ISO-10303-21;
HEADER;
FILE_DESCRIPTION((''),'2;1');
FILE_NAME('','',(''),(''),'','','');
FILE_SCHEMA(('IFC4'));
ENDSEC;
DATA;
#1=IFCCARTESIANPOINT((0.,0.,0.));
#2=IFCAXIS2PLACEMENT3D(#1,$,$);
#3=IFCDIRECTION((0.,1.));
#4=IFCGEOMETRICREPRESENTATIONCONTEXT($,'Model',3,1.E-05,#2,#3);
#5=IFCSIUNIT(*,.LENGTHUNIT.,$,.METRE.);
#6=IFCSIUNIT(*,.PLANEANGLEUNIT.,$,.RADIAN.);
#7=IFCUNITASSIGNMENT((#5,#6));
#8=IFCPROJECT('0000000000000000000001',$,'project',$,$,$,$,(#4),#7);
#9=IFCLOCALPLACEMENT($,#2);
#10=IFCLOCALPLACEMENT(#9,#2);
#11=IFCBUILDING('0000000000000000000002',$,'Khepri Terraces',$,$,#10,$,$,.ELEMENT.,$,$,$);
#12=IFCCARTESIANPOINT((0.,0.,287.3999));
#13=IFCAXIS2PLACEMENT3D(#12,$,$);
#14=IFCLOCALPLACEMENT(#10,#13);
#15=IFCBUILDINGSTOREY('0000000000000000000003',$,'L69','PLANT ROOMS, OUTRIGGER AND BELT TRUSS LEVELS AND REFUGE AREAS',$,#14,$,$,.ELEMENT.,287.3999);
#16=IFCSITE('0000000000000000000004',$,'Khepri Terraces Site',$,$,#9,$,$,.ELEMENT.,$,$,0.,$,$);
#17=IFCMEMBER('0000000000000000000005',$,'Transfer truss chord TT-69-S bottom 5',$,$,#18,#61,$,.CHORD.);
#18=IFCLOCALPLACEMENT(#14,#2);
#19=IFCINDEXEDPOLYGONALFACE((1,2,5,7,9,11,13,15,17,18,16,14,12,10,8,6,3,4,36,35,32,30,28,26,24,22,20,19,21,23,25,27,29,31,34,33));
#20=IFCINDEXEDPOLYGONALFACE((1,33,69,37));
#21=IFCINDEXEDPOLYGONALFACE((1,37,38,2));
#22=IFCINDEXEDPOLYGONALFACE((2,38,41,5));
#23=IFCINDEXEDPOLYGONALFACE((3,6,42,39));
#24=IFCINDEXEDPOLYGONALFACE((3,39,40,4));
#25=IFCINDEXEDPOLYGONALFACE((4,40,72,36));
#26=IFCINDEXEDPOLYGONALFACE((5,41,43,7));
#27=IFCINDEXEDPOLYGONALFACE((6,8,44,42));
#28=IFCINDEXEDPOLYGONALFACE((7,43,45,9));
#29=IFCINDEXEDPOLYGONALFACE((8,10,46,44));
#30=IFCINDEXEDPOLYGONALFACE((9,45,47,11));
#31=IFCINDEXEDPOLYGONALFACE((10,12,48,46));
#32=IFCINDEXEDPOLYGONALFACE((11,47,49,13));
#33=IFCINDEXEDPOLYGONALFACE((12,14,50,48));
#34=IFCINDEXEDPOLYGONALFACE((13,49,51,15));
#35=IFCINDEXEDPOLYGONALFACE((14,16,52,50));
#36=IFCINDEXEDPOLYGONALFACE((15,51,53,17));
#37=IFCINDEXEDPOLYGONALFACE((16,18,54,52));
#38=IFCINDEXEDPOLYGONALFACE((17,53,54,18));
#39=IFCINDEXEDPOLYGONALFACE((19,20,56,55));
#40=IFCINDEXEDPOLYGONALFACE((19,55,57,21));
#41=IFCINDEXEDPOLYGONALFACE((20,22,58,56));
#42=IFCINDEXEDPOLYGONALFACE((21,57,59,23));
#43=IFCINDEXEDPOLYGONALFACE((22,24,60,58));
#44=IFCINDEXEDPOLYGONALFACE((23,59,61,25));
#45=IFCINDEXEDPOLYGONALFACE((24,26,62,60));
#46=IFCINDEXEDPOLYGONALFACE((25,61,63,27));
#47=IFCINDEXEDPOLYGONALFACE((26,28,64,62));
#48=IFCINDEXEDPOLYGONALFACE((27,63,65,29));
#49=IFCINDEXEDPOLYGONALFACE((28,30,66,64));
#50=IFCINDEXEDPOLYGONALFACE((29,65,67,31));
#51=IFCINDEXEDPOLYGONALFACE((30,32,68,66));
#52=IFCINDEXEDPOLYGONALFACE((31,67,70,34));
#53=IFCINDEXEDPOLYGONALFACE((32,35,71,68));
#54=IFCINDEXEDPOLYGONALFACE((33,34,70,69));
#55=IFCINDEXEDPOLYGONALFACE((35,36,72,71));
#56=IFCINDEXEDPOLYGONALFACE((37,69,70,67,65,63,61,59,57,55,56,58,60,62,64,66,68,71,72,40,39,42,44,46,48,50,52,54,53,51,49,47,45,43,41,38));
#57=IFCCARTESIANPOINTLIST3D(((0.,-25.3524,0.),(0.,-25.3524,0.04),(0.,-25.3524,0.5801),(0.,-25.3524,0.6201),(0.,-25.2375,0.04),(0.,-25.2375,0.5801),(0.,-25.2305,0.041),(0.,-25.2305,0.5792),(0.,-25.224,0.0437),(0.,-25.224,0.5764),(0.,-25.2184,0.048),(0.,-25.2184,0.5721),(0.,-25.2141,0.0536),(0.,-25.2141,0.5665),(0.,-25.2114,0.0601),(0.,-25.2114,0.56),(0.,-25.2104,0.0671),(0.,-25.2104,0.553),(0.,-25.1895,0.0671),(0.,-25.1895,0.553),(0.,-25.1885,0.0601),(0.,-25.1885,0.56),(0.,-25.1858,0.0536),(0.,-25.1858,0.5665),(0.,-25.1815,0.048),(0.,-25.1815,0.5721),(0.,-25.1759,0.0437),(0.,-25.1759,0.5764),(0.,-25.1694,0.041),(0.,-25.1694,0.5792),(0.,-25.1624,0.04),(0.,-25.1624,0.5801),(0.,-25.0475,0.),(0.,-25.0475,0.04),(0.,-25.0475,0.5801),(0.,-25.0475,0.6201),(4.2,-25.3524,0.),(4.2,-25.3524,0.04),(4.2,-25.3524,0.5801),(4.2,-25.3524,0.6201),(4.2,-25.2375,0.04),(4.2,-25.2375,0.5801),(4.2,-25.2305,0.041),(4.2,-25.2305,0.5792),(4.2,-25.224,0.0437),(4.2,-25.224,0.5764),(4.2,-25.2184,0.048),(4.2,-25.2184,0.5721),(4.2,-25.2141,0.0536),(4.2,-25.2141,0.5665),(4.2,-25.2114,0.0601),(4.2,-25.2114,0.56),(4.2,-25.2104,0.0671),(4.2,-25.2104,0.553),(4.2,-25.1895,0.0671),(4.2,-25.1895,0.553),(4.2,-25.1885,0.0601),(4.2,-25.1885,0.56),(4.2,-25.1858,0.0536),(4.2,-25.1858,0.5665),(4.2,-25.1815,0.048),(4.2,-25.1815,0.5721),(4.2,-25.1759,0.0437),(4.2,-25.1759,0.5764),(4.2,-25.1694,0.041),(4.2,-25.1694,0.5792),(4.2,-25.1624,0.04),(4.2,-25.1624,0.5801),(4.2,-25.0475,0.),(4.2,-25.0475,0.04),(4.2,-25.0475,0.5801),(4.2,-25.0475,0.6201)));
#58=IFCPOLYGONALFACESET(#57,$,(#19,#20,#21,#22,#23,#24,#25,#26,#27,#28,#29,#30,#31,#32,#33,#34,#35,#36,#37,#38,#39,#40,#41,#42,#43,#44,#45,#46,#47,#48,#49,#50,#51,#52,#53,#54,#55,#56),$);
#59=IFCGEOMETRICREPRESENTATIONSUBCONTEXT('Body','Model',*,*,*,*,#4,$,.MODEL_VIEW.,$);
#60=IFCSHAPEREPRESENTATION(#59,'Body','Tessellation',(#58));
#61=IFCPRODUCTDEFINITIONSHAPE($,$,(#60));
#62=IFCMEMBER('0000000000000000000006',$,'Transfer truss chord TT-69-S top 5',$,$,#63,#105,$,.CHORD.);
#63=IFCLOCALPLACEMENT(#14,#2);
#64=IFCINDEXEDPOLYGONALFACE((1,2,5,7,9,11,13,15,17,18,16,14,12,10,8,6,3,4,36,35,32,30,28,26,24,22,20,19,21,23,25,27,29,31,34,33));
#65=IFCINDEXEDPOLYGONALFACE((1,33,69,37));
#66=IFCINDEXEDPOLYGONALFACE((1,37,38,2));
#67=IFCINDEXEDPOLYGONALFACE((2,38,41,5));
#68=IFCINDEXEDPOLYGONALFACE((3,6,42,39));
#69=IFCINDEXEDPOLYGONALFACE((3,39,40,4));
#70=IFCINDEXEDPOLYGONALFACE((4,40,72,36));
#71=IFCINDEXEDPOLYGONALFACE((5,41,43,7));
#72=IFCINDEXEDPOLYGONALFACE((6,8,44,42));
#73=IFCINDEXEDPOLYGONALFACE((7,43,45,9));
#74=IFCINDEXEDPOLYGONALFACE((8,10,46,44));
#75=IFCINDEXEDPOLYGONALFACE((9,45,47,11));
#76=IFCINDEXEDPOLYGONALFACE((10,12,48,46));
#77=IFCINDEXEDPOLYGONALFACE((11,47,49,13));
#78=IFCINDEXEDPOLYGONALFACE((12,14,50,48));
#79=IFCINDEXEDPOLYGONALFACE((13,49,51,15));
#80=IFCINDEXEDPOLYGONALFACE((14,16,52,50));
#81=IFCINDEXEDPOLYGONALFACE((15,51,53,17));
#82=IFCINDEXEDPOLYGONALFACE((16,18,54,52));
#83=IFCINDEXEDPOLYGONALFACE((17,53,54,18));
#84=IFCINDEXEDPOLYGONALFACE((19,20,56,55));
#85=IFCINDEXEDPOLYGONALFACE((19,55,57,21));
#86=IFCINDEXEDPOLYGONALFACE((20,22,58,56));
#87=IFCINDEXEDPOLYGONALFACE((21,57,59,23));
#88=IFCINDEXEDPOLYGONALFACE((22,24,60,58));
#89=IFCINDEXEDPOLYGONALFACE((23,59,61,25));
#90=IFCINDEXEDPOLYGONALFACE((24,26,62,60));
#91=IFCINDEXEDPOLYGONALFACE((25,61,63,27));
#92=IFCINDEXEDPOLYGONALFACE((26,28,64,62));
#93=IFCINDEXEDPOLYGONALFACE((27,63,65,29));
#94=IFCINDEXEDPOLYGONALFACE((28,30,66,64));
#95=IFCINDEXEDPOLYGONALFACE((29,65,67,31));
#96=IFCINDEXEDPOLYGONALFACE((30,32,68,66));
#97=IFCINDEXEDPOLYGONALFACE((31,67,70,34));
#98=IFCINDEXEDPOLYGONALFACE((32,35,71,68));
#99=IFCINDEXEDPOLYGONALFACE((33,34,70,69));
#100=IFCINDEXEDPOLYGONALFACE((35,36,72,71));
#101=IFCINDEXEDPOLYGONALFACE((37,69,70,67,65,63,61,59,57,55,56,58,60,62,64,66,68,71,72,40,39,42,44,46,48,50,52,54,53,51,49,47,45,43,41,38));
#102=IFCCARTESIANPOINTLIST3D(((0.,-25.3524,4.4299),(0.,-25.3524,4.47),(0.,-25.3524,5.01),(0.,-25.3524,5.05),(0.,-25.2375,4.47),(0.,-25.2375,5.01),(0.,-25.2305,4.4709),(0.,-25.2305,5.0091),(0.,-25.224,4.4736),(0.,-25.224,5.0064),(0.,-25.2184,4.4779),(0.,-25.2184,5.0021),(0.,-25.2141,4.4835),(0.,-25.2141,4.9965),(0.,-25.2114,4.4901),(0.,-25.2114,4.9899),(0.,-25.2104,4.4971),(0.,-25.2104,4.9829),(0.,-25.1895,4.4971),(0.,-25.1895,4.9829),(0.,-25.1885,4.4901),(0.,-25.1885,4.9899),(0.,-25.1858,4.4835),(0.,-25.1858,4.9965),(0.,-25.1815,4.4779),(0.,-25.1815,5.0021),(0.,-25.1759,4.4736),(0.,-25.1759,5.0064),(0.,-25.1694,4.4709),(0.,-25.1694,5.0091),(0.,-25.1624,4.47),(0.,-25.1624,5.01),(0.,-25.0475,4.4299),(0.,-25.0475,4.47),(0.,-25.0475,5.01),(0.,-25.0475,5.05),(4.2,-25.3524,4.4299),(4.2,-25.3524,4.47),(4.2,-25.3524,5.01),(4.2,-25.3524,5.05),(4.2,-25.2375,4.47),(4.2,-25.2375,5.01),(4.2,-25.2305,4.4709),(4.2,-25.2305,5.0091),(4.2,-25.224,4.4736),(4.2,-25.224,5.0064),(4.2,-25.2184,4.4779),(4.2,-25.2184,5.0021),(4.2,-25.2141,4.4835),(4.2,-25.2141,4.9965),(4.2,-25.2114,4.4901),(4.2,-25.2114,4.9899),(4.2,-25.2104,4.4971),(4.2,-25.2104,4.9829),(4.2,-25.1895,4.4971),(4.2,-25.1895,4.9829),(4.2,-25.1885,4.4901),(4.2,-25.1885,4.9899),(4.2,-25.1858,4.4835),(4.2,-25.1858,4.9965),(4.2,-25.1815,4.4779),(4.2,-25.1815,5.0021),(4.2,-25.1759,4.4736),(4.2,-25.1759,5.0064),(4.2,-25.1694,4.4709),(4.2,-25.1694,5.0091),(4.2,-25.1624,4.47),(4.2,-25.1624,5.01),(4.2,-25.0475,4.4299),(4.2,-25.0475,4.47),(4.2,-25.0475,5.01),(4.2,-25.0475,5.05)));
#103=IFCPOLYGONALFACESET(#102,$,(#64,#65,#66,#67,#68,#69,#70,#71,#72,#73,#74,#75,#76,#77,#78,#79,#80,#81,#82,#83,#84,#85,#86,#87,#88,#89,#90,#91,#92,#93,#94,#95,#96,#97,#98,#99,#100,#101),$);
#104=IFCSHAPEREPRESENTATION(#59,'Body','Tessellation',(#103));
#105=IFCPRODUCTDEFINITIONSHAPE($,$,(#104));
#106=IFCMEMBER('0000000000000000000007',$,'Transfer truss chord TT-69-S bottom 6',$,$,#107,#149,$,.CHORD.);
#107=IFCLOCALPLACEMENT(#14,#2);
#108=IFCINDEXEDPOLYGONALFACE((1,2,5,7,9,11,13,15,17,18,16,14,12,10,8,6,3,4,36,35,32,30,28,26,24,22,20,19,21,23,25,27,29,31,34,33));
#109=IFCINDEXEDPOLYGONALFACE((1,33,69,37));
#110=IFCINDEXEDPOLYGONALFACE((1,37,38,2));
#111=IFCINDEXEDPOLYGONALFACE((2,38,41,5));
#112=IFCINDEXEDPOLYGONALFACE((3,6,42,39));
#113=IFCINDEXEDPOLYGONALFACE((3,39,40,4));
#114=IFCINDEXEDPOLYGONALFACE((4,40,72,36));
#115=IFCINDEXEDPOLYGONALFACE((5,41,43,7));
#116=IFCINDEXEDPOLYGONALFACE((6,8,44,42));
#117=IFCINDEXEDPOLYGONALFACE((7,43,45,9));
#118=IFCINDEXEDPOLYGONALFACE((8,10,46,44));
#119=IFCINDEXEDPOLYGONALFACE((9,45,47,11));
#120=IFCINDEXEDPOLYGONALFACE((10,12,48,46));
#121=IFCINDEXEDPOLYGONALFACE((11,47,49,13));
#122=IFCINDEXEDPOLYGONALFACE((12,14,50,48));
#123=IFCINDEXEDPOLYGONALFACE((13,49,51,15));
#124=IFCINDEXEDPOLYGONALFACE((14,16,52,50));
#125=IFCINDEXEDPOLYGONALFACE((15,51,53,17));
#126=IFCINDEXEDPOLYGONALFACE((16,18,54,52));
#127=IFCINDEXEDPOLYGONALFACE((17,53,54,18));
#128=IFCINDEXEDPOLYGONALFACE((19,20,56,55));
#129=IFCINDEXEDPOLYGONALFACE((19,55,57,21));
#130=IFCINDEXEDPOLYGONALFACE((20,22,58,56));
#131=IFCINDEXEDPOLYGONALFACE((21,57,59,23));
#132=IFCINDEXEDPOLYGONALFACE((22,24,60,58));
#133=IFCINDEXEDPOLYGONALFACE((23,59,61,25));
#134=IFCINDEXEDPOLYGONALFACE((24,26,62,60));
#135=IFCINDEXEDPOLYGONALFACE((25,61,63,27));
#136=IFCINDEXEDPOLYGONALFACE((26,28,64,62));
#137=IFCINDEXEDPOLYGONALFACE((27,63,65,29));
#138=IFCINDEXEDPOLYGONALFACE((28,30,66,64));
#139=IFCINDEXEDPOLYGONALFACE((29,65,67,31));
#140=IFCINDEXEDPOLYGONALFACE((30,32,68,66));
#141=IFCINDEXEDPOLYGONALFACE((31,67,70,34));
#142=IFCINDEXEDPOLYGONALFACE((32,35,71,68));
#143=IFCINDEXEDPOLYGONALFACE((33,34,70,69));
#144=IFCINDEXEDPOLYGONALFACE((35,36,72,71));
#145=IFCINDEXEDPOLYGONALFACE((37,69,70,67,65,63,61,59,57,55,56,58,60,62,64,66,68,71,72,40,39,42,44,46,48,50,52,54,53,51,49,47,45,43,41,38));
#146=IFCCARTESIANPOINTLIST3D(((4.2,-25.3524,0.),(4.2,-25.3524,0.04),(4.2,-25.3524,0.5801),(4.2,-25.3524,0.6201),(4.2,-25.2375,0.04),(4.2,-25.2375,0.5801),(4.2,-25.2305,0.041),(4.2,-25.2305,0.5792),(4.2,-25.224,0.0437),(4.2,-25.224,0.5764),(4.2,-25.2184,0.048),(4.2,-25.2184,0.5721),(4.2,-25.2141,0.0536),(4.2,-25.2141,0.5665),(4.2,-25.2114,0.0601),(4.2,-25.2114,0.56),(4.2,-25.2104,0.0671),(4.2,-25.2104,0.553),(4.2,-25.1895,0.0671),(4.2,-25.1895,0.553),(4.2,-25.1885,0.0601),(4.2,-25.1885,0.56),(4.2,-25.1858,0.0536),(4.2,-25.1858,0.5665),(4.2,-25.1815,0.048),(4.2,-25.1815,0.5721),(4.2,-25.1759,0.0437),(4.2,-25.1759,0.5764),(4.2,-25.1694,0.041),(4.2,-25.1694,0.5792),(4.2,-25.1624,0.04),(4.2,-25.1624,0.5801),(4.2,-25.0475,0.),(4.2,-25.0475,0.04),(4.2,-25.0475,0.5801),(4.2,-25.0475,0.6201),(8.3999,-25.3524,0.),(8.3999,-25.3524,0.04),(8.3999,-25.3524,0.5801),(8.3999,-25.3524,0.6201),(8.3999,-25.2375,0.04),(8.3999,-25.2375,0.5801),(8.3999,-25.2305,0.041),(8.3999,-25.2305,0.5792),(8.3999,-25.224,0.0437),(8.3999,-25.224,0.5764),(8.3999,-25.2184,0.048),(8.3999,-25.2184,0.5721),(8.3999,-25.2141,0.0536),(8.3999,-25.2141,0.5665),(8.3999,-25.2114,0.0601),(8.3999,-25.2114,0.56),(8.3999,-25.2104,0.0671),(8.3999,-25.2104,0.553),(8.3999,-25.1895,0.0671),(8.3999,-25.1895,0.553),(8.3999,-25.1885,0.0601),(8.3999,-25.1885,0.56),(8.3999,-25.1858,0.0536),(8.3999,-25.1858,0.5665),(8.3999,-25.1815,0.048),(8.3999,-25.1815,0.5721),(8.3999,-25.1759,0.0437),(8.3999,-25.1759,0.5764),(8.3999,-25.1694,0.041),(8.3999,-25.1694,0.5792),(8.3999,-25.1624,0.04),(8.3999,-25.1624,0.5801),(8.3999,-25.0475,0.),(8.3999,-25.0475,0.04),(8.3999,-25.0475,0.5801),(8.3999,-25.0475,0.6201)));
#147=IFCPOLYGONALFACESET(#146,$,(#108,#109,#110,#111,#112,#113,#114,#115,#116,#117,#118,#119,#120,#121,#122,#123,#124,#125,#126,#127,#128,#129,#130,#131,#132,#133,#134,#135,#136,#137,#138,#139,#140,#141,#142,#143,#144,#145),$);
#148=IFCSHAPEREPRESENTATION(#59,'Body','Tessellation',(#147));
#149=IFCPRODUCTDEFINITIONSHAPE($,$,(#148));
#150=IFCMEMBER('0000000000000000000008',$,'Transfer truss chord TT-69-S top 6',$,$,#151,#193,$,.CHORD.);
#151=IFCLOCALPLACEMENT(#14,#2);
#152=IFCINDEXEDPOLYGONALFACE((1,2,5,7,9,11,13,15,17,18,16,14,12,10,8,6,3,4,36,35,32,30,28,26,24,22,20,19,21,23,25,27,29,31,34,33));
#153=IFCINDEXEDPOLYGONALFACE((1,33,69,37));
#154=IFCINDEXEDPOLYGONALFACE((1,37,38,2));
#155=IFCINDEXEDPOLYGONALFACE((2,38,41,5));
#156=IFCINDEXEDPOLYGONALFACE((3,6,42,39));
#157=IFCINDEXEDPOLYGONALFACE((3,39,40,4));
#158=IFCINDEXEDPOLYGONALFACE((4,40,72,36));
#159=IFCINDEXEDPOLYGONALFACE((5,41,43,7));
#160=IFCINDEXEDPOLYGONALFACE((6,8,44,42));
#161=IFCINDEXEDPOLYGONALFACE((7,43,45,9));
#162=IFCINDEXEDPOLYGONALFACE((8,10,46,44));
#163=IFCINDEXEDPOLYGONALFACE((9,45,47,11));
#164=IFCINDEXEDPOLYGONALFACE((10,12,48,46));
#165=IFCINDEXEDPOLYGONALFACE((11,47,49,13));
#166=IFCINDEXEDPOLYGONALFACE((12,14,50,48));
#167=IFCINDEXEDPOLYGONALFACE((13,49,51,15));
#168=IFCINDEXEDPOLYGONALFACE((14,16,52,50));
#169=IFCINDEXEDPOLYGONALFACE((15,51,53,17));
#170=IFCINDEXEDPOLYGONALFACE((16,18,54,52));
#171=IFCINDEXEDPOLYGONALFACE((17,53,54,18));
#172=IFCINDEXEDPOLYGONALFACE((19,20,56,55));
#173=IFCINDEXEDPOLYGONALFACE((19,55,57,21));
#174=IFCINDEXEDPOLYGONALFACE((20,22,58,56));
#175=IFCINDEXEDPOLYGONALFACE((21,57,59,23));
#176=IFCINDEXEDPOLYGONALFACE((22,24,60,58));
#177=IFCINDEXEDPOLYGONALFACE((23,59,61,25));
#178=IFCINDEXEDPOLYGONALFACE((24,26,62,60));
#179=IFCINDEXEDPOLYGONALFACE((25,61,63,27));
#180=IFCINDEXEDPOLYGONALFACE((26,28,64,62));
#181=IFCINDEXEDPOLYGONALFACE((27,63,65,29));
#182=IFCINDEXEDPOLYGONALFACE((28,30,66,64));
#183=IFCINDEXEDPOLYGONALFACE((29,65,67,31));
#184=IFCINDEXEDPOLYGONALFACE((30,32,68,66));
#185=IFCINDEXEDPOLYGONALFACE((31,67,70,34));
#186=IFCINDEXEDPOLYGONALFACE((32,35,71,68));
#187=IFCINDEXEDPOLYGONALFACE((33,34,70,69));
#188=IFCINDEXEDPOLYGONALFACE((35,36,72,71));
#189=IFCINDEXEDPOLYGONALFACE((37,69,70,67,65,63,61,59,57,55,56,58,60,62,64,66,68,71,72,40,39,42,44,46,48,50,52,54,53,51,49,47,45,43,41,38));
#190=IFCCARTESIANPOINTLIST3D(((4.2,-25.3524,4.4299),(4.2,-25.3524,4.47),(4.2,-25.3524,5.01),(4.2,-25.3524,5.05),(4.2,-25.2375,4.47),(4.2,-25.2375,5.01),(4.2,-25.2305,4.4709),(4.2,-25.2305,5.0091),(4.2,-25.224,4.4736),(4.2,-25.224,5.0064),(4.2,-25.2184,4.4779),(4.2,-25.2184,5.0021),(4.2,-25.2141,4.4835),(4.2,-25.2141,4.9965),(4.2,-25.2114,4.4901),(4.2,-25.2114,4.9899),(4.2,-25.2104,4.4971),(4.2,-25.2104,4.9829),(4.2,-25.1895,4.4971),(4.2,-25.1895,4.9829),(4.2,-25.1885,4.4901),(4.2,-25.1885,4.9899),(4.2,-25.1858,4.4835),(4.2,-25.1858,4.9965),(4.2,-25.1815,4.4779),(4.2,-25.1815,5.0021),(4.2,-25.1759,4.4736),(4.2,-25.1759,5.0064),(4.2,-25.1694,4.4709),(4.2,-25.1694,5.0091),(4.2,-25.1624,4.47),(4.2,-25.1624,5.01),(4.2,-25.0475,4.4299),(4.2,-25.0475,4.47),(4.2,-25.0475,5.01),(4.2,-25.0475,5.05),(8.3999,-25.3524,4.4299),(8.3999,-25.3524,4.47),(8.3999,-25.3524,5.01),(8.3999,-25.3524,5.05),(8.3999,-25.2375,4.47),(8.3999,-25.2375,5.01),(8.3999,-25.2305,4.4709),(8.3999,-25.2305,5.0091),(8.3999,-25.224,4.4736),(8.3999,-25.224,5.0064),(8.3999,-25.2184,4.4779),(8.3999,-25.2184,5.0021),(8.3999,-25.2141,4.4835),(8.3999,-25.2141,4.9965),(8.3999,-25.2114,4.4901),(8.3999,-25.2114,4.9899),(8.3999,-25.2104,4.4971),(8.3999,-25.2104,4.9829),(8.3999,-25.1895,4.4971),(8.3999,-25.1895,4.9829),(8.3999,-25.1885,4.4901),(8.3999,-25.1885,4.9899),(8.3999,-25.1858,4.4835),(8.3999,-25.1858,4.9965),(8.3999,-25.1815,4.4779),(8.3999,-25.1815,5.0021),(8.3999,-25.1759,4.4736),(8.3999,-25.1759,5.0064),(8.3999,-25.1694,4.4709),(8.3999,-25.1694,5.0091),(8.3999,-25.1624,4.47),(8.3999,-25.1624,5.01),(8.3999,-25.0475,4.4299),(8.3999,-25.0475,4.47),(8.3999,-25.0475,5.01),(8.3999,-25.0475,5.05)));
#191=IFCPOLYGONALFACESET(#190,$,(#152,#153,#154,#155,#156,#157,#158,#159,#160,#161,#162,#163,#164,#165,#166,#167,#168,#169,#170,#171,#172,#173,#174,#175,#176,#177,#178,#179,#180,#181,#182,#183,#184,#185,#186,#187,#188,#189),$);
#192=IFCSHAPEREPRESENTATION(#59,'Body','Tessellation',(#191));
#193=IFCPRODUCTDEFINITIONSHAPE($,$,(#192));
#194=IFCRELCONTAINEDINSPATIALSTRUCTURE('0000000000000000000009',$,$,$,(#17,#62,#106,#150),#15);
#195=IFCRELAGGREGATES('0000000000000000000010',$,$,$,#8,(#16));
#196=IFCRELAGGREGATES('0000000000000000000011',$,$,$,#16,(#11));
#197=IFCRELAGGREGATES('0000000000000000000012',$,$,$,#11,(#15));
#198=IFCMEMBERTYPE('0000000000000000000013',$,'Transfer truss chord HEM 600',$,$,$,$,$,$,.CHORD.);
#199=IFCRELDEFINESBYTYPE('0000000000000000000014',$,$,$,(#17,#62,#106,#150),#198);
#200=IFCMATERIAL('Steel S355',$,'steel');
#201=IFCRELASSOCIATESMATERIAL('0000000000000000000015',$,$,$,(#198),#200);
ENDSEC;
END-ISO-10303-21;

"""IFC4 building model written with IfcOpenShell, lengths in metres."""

from ifc_helpers import new_model, si_unit, direction, frame, origin, origin_2d, place, context, subcontext, project, spatial, i_section, extrude, material, material_profile, profile_set, type_object, element, save


model = new_model("IFC4")

# Units and contexts
model_context = context("Model", 3, precision=1e-05, world=origin(), true_north=direction((0.0, 1.0)))
body_context = subcontext(model_context, "Body", "Model", "MODEL_VIEW")
ifc_project = project(units=[si_unit("LENGTHUNIT", "METRE"), si_unit("PLANEANGLEUNIT", "RADIAN")], contexts=[model_context])

# Site, building, storey
site_placement = place(None, origin())
site = spatial("IfcSite", under=ifc_project, at=site_placement, Name="Khepri Terraces Site", CompositionType="ELEMENT", RefElevation=0.0)
building_placement = place(site_placement, origin())
building = spatial("IfcBuilding", under=site, at=building_placement, Name="Khepri Terraces", CompositionType="ELEMENT")
storey_placement = place(building_placement, frame((0.0, 0.0, 287.3999)))
storey = spatial("IfcBuildingStorey", under=building, at=storey_placement, Name="L69", Description="PLANT ROOMS, OUTRIGGER AND BELT TRUSS LEVELS AND REFUGE AREAS", CompositionType="ELEMENT", Elevation=287.3999)

# Members
ifc_material_1 = material(Name="Steel S355", Category="steel")
ifc_material_profile_1 = material_profile(ifc_material_1, i_section(OverallWidth=0.3049, OverallDepth=0.6201, WebThickness=0.021, FlangeThickness=0.04, FilletRadius=0.0271, at=origin_2d()), Name="Steel S355", Category="steel")
ifc_profile_set_1 = profile_set([ifc_material_profile_1], Name="Steel S355")
member_type_1 = type_object("IfcMemberType", Name="Transfer truss chord HEM 600", PredefinedType="CHORD", material=ifc_profile_set_1)
for number, where, z_axis, x_axis, name in (
    (1, (0.0, -25.2, 0.3101), (1.0, 0.0, 0.0), (0.0, 1.0, 0.0), "Transfer truss chord TT-69-S bottom 5"),
    (2, (0.0, -25.2, 4.74), (1.0, 0.0, 0.0), (0.0, 1.0, 0.0), "Transfer truss chord TT-69-S top 5"),
    (3, (4.2, -25.2, 0.3101), (1.0, 0.0, 0.0), (0.0, 1.0, 0.0), "Transfer truss chord TT-69-S bottom 6"),
    (4, (4.2, -25.2, 4.74), (1.0, 0.0, 0.0), (0.0, 1.0, 0.0), "Transfer truss chord TT-69-S top 6"),
):
    element("IfcMember", number, at=place(storey_placement, frame(where, z_axis=z_axis, x_axis=x_axis)), inside=storey, type_object=member_type_1, Name=name, PredefinedType="CHORD", context=body_context, shape_type="SweptSolid", body=[
        extrude(i_section(OverallWidth=0.3049, OverallDepth=0.6201, WebThickness=0.021, FlangeThickness=0.04, FilletRadius=0.0271, at=origin_2d()), origin(), (0.0, 0.0, 1.0), 4.2),
    ])

save(model, "model.ifc")
